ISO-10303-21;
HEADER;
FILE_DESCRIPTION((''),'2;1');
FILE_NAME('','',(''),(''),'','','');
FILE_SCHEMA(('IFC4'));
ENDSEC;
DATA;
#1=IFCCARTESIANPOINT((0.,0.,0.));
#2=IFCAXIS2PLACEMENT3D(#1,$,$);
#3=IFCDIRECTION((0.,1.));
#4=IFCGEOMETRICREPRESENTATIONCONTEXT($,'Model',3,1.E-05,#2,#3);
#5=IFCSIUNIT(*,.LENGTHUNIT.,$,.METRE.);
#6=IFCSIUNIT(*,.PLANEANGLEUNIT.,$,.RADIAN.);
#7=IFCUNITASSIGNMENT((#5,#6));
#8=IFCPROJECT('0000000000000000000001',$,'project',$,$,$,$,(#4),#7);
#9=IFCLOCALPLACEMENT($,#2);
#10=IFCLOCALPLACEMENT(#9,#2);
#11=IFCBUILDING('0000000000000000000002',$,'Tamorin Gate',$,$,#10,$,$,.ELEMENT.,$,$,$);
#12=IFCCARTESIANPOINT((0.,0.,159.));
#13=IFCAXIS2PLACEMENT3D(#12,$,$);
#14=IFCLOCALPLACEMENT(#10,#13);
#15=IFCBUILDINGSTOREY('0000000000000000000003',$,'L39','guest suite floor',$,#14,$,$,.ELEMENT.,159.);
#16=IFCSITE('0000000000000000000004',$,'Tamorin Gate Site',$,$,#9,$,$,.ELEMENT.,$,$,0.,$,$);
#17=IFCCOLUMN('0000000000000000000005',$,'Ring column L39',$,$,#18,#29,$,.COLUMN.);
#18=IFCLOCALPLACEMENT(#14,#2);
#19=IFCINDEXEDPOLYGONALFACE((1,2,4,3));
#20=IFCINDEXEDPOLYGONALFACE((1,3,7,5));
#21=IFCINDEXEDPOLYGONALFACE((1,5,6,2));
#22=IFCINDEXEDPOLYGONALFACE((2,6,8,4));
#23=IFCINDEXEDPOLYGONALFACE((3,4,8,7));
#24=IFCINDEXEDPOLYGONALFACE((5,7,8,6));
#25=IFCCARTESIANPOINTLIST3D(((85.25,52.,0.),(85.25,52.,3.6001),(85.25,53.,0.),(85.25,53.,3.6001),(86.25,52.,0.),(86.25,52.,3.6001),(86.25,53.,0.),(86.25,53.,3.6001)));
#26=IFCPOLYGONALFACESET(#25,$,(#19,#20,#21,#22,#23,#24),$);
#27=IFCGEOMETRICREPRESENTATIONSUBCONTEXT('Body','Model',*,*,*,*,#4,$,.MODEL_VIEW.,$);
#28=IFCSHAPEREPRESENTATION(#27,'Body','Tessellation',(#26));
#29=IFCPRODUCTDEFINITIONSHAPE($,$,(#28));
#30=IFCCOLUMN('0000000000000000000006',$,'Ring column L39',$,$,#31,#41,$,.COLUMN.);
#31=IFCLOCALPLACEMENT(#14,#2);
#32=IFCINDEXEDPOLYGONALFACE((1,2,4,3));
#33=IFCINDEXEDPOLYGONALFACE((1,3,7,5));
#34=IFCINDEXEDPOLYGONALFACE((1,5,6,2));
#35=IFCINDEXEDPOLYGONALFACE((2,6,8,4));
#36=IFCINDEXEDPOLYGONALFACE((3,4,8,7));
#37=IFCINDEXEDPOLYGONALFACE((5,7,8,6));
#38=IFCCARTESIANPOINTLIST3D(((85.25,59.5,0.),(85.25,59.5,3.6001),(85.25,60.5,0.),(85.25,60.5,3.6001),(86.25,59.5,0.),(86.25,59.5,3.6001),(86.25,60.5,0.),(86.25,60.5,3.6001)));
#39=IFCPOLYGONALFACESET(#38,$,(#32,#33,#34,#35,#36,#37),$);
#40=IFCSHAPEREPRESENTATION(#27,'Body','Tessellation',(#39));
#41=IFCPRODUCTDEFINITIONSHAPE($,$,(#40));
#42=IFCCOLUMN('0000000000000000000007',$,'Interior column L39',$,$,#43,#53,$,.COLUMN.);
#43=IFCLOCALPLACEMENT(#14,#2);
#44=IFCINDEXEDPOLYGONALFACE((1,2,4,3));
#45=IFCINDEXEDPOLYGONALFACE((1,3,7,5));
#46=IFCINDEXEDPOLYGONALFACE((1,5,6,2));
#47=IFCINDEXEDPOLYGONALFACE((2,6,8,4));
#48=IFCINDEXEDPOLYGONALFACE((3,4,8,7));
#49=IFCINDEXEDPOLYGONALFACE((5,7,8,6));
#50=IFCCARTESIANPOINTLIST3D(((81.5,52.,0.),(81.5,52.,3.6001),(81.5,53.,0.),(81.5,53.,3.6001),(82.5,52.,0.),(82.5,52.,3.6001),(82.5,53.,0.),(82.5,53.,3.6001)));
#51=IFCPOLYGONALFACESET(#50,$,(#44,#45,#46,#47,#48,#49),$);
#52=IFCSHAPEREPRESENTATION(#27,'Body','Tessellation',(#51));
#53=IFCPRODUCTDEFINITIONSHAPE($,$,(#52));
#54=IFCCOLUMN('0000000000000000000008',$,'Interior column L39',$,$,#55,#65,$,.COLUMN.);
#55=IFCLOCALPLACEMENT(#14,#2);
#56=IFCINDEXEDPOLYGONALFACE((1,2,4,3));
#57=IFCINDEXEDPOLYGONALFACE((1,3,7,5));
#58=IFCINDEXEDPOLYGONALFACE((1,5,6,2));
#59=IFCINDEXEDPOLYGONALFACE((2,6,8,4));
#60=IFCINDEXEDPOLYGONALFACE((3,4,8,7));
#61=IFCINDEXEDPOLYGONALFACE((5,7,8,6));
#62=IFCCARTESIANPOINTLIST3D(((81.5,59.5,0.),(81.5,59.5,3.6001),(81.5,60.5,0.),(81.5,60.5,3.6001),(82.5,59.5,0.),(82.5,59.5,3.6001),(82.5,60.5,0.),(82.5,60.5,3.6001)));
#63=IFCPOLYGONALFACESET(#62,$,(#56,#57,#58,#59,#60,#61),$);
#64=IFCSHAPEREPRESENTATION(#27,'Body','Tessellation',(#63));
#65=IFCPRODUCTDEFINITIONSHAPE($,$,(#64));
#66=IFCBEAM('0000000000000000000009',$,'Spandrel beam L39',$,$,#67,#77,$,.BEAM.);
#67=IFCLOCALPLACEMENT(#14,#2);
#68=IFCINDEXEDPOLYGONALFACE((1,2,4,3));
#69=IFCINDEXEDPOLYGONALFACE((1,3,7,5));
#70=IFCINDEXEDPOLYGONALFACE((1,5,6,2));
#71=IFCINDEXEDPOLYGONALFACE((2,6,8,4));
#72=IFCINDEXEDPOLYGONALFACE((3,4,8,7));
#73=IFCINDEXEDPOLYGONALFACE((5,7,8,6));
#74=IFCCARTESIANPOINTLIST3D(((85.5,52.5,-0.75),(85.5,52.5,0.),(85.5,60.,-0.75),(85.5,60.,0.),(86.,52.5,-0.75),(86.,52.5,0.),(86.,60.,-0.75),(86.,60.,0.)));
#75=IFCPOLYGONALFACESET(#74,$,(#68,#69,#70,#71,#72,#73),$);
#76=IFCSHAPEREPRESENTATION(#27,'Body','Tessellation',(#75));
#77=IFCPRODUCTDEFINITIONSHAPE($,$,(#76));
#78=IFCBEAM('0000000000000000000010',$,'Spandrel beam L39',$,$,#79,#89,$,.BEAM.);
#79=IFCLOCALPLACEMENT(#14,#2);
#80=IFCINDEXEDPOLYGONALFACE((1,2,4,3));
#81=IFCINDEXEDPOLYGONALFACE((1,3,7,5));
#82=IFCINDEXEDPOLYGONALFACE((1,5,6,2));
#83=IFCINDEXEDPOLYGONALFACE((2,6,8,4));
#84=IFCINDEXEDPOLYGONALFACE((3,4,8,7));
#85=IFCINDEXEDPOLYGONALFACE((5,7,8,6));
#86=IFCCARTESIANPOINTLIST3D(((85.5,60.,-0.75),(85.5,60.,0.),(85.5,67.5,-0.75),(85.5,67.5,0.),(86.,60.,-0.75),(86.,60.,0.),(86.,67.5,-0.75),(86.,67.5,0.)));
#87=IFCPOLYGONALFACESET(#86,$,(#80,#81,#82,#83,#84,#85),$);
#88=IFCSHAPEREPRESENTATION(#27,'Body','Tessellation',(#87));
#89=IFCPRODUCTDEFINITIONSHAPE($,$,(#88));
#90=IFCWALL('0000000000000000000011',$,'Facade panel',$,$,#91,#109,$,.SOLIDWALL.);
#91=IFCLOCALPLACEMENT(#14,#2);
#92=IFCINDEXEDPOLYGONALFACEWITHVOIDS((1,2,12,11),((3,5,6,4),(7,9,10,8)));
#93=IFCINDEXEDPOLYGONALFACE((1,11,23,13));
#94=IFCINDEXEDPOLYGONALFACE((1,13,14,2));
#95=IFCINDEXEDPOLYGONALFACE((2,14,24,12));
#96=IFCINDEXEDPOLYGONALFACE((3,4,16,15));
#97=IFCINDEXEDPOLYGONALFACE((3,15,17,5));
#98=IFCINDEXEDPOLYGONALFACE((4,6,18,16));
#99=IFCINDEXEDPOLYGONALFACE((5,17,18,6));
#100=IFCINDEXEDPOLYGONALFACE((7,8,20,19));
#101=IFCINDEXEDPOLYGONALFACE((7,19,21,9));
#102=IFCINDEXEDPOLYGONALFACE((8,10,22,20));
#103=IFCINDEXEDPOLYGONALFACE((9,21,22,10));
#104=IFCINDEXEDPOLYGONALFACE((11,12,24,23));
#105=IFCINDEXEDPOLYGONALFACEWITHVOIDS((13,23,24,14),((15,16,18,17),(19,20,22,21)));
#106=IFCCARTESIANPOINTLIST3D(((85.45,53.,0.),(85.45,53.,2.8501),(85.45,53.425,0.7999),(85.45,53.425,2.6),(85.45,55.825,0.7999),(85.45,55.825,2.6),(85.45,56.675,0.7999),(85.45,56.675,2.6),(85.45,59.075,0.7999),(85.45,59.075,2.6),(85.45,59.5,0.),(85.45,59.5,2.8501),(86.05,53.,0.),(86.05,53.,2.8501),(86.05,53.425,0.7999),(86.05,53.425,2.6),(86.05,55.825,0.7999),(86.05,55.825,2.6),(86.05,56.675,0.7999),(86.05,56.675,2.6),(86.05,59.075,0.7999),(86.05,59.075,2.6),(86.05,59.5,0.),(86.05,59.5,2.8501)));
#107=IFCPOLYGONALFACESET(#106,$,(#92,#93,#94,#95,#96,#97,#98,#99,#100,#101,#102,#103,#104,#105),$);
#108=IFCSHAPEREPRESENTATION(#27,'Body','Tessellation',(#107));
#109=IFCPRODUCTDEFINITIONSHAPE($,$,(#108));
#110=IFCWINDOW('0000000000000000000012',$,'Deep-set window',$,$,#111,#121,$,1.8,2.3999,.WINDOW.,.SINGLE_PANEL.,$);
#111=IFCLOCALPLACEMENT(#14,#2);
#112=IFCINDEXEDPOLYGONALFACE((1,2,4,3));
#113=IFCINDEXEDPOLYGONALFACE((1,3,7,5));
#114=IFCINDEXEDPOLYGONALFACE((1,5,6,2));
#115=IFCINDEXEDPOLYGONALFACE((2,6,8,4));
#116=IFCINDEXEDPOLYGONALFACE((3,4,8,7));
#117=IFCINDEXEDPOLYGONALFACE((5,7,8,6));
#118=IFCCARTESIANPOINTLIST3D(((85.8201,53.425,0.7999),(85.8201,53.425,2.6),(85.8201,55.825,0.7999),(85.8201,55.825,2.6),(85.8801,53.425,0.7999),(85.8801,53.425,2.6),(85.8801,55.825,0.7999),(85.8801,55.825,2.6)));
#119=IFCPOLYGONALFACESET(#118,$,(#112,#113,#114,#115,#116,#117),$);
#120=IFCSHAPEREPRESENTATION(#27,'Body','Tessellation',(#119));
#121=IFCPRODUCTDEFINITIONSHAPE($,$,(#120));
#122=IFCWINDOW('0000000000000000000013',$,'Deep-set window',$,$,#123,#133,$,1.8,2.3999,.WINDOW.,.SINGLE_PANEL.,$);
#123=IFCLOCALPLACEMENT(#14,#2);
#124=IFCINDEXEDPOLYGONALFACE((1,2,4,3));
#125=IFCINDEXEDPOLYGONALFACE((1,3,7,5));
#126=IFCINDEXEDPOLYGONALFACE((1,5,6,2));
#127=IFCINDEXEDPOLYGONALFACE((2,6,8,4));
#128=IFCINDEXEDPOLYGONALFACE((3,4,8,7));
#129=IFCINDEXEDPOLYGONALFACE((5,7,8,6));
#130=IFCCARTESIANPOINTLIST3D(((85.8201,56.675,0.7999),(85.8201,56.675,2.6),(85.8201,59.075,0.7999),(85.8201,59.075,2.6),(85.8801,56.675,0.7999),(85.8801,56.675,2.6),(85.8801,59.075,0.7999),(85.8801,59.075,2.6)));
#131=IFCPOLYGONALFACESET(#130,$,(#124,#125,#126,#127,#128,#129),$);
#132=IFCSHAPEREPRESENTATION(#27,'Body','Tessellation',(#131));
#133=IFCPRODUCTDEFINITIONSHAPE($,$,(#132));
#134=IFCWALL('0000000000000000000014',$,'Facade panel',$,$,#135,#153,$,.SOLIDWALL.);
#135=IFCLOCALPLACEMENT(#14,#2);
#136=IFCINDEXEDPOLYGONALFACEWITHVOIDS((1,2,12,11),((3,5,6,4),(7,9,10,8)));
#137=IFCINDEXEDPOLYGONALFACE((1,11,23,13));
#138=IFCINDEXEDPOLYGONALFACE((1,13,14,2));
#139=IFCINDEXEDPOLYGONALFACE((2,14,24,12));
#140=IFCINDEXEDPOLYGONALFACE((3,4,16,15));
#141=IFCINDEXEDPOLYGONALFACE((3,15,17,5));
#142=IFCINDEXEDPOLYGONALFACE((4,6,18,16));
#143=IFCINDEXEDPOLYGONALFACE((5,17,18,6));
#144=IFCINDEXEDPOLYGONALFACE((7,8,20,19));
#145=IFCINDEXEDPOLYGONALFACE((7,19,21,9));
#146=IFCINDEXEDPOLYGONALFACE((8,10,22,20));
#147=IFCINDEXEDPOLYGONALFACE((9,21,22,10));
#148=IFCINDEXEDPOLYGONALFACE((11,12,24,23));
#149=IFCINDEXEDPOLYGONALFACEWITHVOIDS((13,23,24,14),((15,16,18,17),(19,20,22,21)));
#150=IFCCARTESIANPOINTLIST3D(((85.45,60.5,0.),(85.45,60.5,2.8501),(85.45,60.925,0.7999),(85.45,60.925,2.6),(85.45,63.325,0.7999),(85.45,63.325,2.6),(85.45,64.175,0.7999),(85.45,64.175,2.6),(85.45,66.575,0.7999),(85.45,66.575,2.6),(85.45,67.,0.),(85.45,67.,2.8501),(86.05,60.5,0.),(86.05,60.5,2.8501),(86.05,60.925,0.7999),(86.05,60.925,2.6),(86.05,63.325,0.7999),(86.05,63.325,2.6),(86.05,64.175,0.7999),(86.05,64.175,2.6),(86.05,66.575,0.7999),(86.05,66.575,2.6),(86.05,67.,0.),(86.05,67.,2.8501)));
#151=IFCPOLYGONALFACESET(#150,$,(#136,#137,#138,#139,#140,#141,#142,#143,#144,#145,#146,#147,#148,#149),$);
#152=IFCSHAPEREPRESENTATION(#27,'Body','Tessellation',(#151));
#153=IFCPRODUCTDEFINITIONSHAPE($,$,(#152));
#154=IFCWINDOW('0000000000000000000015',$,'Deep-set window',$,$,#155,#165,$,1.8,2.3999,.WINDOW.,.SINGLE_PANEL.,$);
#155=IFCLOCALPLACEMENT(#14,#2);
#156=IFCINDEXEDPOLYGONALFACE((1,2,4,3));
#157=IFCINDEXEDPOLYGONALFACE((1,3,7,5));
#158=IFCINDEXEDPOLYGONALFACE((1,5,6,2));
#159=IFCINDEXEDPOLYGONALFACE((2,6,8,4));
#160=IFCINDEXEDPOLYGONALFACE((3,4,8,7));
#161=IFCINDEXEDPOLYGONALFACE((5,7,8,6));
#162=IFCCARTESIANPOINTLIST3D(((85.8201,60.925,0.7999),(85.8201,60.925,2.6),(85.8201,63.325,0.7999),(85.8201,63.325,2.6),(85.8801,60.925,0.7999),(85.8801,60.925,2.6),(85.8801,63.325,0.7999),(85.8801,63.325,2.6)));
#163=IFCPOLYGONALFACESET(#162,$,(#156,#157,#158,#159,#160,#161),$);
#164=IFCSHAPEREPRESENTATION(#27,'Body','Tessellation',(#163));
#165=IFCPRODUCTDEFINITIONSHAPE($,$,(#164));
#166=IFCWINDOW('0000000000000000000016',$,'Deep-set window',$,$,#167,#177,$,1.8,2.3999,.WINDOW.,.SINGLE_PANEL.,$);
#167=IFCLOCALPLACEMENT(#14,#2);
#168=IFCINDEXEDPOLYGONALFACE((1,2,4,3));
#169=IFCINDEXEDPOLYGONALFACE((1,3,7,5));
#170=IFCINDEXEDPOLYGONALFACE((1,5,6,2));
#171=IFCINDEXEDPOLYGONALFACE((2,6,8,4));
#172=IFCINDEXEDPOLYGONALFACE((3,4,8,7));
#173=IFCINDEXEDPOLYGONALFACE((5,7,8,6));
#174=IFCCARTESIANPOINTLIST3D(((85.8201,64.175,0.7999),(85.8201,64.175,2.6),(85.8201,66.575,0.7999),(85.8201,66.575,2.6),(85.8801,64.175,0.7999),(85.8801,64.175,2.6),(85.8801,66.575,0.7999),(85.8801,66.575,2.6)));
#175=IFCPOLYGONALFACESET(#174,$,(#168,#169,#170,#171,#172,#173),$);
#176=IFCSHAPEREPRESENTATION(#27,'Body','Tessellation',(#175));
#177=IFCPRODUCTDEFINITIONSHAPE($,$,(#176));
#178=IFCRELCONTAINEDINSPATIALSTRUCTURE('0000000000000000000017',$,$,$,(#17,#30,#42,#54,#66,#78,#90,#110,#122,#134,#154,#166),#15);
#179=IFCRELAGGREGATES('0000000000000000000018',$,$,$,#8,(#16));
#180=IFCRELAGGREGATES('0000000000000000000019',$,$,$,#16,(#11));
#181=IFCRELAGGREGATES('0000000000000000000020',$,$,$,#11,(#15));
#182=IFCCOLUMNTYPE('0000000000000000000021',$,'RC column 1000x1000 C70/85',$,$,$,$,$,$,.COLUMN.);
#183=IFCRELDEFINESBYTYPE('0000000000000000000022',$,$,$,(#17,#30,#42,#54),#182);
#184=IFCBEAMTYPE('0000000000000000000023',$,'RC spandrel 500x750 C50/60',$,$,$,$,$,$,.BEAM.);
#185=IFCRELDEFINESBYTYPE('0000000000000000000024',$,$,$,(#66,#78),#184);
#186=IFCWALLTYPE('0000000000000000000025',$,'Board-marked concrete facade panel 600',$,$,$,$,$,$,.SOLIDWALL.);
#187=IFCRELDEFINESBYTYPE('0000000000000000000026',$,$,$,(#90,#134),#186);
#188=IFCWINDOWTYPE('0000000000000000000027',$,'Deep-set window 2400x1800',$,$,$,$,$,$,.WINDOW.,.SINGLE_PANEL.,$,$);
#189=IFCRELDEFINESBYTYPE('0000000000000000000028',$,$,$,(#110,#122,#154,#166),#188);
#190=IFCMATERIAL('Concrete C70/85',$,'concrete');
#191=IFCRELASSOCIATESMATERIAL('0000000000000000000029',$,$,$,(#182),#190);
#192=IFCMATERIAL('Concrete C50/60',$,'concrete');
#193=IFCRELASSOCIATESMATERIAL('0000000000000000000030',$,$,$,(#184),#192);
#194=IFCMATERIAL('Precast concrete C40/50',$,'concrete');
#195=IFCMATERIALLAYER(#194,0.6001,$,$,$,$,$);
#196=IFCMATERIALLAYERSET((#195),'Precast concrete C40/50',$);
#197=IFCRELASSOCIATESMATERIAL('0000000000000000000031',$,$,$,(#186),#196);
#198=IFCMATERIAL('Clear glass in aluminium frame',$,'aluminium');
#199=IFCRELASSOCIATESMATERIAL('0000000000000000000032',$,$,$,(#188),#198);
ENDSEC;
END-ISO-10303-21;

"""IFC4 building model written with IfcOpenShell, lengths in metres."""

from ifc_helpers import new_model, si_unit, direction, frame, frame_2d, origin, origin_2d, place, context, subcontext, project, spatial, rectangle, extrude, material, layer, layer_set, material_profile, profile_set, type_object, element, fill, save


model = new_model("IFC4")

# Units and contexts
model_context = context("Model", 3, precision=1e-05, world=origin(), true_north=direction((0.0, 1.0)))
body_context = subcontext(model_context, "Body", "Model", "MODEL_VIEW")
ifc_project = project(units=[si_unit("LENGTHUNIT", "METRE"), si_unit("PLANEANGLEUNIT", "RADIAN")], contexts=[model_context])

# Site, building, storey
site_placement = place(None, origin())
site = spatial("IfcSite", under=ifc_project, at=site_placement, Name="Tamorin Gate Site", CompositionType="ELEMENT", RefElevation=0.0)
building_placement = place(site_placement, origin())
building = spatial("IfcBuilding", under=site, at=building_placement, Name="Tamorin Gate", CompositionType="ELEMENT")
storey_placement = place(building_placement, frame((0.0, 0.0, 159.0)))
storey = spatial("IfcBuildingStorey", under=building, at=storey_placement, Name="L39", Description="guest suite floor", CompositionType="ELEMENT", Elevation=159.0)

# Columns
ifc_material_1 = material(Name="Concrete C70/85", Category="concrete")
ifc_material_profile_1 = material_profile(ifc_material_1, rectangle(XDim=1.0, YDim=1.0, at=origin_2d()), Name="RC 1000x1000")
ifc_profile_set_1 = profile_set([ifc_material_profile_1], Name="Concrete C70/85")
column_type = type_object("IfcColumnType", Name="RC column 1000x1000 C70/85", PredefinedType="COLUMN", material=ifc_profile_set_1)
for number, where, z_axis, x_axis, name in (
    (1, (85.75, 52.5, 0.0), (0.0, 0.0, 1.0), (1.0, 0.0, 0.0), "Ring column L39"),
    (2, (85.75, 60.0, 0.0), (0.0, 0.0, 1.0), (1.0, 0.0, 0.0), "Ring column L39"),
    (3, (82.0, 52.5, 0.0), (0.0, 0.0, 1.0), (1.0, 0.0, 0.0), "Interior column L39"),
    (4, (82.0, 60.0, 0.0), (0.0, 0.0, 1.0), (1.0, 0.0, 0.0), "Interior column L39"),
):
    element("IfcColumn", number, at=place(storey_placement, frame(where, z_axis=z_axis, x_axis=x_axis)), inside=storey, type_object=column_type, Name=name, PredefinedType="COLUMN", context=body_context, shape_type="SweptSolid", body=[
        extrude(rectangle(XDim=1.0, YDim=1.0, at=origin_2d()), origin(), (0.0, 0.0, 1.0), 3.6001),
    ])

# Beams
ifc_material_2 = material(Name="Concrete C50/60", Category="concrete")
ifc_material_profile_2 = material_profile(ifc_material_2, rectangle(XDim=0.5, YDim=0.75, at=origin_2d()), Name="RC 500x750")
ifc_profile_set_2 = profile_set([ifc_material_profile_2], Name="Concrete C50/60")
beam_type = type_object("IfcBeamType", Name="RC spandrel 500x750 C50/60", PredefinedType="BEAM", material=ifc_profile_set_2)
for number, where, z_axis, x_axis, name in (
    (5, (85.75, 52.5, -0.375), (0.0, 1.0, 0.0), (-1.0, 0.0, 0.0), "Spandrel beam L39"),
    (6, (85.75, 60.0, -0.375), (0.0, 1.0, 0.0), (-1.0, 0.0, 0.0), "Spandrel beam L39"),
):
    element("IfcBeam", number, at=place(storey_placement, frame(where, z_axis=z_axis, x_axis=x_axis)), inside=storey, type_object=beam_type, Name=name, PredefinedType="BEAM", context=body_context, shape_type="SweptSolid", body=[
        extrude(rectangle(XDim=0.5, YDim=0.75, at=origin_2d()), origin(), (0.0, 0.0, 1.0), 7.5),
    ])

# Walls, openings, windows
ifc_material_3 = material(Name="Precast concrete C40/50", Category="concrete")
ifc_layer_1 = layer(ifc_material_3, 0.6001)
ifc_layer_set_1 = layer_set([ifc_layer_1], Name="Precast concrete C40/50")
wall_type_1 = type_object("IfcWallType", Name="Board-marked concrete facade panel 600", PredefinedType="SOLIDWALL", material=ifc_layer_set_1)
wall_1_placement = place(storey_placement, frame((85.75, 53.0, 0.0), z_axis=(0.0, 0.0, 1.0), x_axis=(0.0, 1.0, 0.0)))
wall_1 = element("IfcWall", 7, at=wall_1_placement, inside=storey, type_object=wall_type_1, Name="Facade panel", PredefinedType="SOLIDWALL", context=body_context, shape_type="SweptSolid", body=[
    extrude(rectangle(XDim=6.5, YDim=0.6001, at=frame_2d((3.25, 0.0))), origin(), (0.0, 0.0, 1.0), 2.8501),
])
opening_1_placement = place(wall_1_placement, frame((0.425, 0.0, 0.8)))
opening_1 = element("IfcOpeningElement", 8, at=opening_1_placement, cuts=wall_1, PredefinedType="OPENING", context=body_context, shape_type="SweptSolid", body=[
    extrude(rectangle(XDim=2.3999, YDim=1.8, at=frame_2d((1.2, 0.8999))), frame((0.0, 0.3101, 0.0), z_axis=(0.0, -1.0, 0.0), x_axis=(1.0, 0.0, 0.0)), (0.0, 0.0, 1.0), 0.6201),
])
opening_2_placement = place(wall_1_placement, frame((3.675, 0.0, 0.8)))
opening_2 = element("IfcOpeningElement", 9, at=opening_2_placement, cuts=wall_1, PredefinedType="OPENING", context=body_context, shape_type="SweptSolid", body=[
    extrude(rectangle(XDim=2.3999, YDim=1.8, at=frame_2d((1.2, 0.8999))), frame((0.0, 0.3101, 0.0), z_axis=(0.0, -1.0, 0.0), x_axis=(1.0, 0.0, 0.0)), (0.0, 0.0, 1.0), 0.6201),
])
ifc_material_4 = material(Name="Clear glass in aluminium frame", Category="aluminium")
window_type = type_object("IfcWindowType", Name="Deep-set window 2400x1800", PartitioningType="SINGLE_PANEL", PredefinedType="WINDOW", material=ifc_material_4)
window_1_placement = place(opening_1_placement, origin())
window_1 = element("IfcWindow", 10, at=window_1_placement, inside=storey, type_object=window_type, Name="Deep-set window", OverallHeight=1.8, OverallWidth=2.3999, PartitioningType="SINGLE_PANEL", PredefinedType="WINDOW", context=body_context, shape_type="SweptSolid", body=[
    extrude(rectangle(XDim=2.3999, YDim=1.8, at=frame_2d((1.2, 0.8999))), frame((0.0, -0.0701, 0.0), z_axis=(0.0, -1.0, 0.0), x_axis=(1.0, 0.0, 0.0)), (0.0, 0.0, 1.0), 0.0601),
])
fill(opening_1, window_1)
window_2_placement = place(opening_2_placement, origin())
window_2 = element("IfcWindow", 11, at=window_2_placement, inside=storey, type_object=window_type, Name="Deep-set window", OverallHeight=1.8, OverallWidth=2.3999, PartitioningType="SINGLE_PANEL", PredefinedType="WINDOW", context=body_context, shape_type="SweptSolid", body=[
    extrude(rectangle(XDim=2.3999, YDim=1.8, at=frame_2d((1.2, 0.8999))), frame((0.0, -0.0701, 0.0), z_axis=(0.0, -1.0, 0.0), x_axis=(1.0, 0.0, 0.0)), (0.0, 0.0, 1.0), 0.0601),
])
fill(opening_2, window_2)
wall_2_placement = place(storey_placement, frame((85.75, 60.5, 0.0), z_axis=(0.0, 0.0, 1.0), x_axis=(0.0, 1.0, 0.0)))
wall_2 = element("IfcWall", 12, at=wall_2_placement, inside=storey, type_object=wall_type_1, Name="Facade panel", PredefinedType="SOLIDWALL", context=body_context, shape_type="SweptSolid", body=[
    extrude(rectangle(XDim=6.5, YDim=0.6001, at=frame_2d((3.25, 0.0))), origin(), (0.0, 0.0, 1.0), 2.8501),
])
opening_3_placement = place(wall_2_placement, frame((0.425, 0.0, 0.8)))
opening_3 = element("IfcOpeningElement", 13, at=opening_3_placement, cuts=wall_2, PredefinedType="OPENING", context=body_context, shape_type="SweptSolid", body=[
    extrude(rectangle(XDim=2.3999, YDim=1.8, at=frame_2d((1.2, 0.8999))), frame((0.0, 0.3101, 0.0), z_axis=(0.0, -1.0, 0.0), x_axis=(1.0, 0.0, 0.0)), (0.0, 0.0, 1.0), 0.6201),
])
opening_4_placement = place(wall_2_placement, frame((3.675, 0.0, 0.8)))
opening_4 = element("IfcOpeningElement", 14, at=opening_4_placement, cuts=wall_2, PredefinedType="OPENING", context=body_context, shape_type="SweptSolid", body=[
    extrude(rectangle(XDim=2.3999, YDim=1.8, at=frame_2d((1.2, 0.8999))), frame((0.0, 0.3101, 0.0), z_axis=(0.0, -1.0, 0.0), x_axis=(1.0, 0.0, 0.0)), (0.0, 0.0, 1.0), 0.6201),
])
window_3_placement = place(opening_3_placement, origin())
window_3 = element("IfcWindow", 15, at=window_3_placement, inside=storey, type_object=window_type, Name="Deep-set window", OverallHeight=1.8, OverallWidth=2.3999, PartitioningType="SINGLE_PANEL", PredefinedType="WINDOW", context=body_context, shape_type="SweptSolid", body=[
    extrude(rectangle(XDim=2.3999, YDim=1.8, at=frame_2d((1.2, 0.8999))), frame((0.0, -0.0701, 0.0), z_axis=(0.0, -1.0, 0.0), x_axis=(1.0, 0.0, 0.0)), (0.0, 0.0, 1.0), 0.0601),
])
fill(opening_3, window_3)
window_4_placement = place(opening_4_placement, origin())
window_4 = element("IfcWindow", 16, at=window_4_placement, inside=storey, type_object=window_type, Name="Deep-set window", OverallHeight=1.8, OverallWidth=2.3999, PartitioningType="SINGLE_PANEL", PredefinedType="WINDOW", context=body_context, shape_type="SweptSolid", body=[
    extrude(rectangle(XDim=2.3999, YDim=1.8, at=frame_2d((1.2, 0.8999))), frame((0.0, -0.0701, 0.0), z_axis=(0.0, -1.0, 0.0), x_axis=(1.0, 0.0, 0.0)), (0.0, 0.0, 1.0), 0.0601),
])
fill(opening_4, window_4)

save(model, "model.ifc")
